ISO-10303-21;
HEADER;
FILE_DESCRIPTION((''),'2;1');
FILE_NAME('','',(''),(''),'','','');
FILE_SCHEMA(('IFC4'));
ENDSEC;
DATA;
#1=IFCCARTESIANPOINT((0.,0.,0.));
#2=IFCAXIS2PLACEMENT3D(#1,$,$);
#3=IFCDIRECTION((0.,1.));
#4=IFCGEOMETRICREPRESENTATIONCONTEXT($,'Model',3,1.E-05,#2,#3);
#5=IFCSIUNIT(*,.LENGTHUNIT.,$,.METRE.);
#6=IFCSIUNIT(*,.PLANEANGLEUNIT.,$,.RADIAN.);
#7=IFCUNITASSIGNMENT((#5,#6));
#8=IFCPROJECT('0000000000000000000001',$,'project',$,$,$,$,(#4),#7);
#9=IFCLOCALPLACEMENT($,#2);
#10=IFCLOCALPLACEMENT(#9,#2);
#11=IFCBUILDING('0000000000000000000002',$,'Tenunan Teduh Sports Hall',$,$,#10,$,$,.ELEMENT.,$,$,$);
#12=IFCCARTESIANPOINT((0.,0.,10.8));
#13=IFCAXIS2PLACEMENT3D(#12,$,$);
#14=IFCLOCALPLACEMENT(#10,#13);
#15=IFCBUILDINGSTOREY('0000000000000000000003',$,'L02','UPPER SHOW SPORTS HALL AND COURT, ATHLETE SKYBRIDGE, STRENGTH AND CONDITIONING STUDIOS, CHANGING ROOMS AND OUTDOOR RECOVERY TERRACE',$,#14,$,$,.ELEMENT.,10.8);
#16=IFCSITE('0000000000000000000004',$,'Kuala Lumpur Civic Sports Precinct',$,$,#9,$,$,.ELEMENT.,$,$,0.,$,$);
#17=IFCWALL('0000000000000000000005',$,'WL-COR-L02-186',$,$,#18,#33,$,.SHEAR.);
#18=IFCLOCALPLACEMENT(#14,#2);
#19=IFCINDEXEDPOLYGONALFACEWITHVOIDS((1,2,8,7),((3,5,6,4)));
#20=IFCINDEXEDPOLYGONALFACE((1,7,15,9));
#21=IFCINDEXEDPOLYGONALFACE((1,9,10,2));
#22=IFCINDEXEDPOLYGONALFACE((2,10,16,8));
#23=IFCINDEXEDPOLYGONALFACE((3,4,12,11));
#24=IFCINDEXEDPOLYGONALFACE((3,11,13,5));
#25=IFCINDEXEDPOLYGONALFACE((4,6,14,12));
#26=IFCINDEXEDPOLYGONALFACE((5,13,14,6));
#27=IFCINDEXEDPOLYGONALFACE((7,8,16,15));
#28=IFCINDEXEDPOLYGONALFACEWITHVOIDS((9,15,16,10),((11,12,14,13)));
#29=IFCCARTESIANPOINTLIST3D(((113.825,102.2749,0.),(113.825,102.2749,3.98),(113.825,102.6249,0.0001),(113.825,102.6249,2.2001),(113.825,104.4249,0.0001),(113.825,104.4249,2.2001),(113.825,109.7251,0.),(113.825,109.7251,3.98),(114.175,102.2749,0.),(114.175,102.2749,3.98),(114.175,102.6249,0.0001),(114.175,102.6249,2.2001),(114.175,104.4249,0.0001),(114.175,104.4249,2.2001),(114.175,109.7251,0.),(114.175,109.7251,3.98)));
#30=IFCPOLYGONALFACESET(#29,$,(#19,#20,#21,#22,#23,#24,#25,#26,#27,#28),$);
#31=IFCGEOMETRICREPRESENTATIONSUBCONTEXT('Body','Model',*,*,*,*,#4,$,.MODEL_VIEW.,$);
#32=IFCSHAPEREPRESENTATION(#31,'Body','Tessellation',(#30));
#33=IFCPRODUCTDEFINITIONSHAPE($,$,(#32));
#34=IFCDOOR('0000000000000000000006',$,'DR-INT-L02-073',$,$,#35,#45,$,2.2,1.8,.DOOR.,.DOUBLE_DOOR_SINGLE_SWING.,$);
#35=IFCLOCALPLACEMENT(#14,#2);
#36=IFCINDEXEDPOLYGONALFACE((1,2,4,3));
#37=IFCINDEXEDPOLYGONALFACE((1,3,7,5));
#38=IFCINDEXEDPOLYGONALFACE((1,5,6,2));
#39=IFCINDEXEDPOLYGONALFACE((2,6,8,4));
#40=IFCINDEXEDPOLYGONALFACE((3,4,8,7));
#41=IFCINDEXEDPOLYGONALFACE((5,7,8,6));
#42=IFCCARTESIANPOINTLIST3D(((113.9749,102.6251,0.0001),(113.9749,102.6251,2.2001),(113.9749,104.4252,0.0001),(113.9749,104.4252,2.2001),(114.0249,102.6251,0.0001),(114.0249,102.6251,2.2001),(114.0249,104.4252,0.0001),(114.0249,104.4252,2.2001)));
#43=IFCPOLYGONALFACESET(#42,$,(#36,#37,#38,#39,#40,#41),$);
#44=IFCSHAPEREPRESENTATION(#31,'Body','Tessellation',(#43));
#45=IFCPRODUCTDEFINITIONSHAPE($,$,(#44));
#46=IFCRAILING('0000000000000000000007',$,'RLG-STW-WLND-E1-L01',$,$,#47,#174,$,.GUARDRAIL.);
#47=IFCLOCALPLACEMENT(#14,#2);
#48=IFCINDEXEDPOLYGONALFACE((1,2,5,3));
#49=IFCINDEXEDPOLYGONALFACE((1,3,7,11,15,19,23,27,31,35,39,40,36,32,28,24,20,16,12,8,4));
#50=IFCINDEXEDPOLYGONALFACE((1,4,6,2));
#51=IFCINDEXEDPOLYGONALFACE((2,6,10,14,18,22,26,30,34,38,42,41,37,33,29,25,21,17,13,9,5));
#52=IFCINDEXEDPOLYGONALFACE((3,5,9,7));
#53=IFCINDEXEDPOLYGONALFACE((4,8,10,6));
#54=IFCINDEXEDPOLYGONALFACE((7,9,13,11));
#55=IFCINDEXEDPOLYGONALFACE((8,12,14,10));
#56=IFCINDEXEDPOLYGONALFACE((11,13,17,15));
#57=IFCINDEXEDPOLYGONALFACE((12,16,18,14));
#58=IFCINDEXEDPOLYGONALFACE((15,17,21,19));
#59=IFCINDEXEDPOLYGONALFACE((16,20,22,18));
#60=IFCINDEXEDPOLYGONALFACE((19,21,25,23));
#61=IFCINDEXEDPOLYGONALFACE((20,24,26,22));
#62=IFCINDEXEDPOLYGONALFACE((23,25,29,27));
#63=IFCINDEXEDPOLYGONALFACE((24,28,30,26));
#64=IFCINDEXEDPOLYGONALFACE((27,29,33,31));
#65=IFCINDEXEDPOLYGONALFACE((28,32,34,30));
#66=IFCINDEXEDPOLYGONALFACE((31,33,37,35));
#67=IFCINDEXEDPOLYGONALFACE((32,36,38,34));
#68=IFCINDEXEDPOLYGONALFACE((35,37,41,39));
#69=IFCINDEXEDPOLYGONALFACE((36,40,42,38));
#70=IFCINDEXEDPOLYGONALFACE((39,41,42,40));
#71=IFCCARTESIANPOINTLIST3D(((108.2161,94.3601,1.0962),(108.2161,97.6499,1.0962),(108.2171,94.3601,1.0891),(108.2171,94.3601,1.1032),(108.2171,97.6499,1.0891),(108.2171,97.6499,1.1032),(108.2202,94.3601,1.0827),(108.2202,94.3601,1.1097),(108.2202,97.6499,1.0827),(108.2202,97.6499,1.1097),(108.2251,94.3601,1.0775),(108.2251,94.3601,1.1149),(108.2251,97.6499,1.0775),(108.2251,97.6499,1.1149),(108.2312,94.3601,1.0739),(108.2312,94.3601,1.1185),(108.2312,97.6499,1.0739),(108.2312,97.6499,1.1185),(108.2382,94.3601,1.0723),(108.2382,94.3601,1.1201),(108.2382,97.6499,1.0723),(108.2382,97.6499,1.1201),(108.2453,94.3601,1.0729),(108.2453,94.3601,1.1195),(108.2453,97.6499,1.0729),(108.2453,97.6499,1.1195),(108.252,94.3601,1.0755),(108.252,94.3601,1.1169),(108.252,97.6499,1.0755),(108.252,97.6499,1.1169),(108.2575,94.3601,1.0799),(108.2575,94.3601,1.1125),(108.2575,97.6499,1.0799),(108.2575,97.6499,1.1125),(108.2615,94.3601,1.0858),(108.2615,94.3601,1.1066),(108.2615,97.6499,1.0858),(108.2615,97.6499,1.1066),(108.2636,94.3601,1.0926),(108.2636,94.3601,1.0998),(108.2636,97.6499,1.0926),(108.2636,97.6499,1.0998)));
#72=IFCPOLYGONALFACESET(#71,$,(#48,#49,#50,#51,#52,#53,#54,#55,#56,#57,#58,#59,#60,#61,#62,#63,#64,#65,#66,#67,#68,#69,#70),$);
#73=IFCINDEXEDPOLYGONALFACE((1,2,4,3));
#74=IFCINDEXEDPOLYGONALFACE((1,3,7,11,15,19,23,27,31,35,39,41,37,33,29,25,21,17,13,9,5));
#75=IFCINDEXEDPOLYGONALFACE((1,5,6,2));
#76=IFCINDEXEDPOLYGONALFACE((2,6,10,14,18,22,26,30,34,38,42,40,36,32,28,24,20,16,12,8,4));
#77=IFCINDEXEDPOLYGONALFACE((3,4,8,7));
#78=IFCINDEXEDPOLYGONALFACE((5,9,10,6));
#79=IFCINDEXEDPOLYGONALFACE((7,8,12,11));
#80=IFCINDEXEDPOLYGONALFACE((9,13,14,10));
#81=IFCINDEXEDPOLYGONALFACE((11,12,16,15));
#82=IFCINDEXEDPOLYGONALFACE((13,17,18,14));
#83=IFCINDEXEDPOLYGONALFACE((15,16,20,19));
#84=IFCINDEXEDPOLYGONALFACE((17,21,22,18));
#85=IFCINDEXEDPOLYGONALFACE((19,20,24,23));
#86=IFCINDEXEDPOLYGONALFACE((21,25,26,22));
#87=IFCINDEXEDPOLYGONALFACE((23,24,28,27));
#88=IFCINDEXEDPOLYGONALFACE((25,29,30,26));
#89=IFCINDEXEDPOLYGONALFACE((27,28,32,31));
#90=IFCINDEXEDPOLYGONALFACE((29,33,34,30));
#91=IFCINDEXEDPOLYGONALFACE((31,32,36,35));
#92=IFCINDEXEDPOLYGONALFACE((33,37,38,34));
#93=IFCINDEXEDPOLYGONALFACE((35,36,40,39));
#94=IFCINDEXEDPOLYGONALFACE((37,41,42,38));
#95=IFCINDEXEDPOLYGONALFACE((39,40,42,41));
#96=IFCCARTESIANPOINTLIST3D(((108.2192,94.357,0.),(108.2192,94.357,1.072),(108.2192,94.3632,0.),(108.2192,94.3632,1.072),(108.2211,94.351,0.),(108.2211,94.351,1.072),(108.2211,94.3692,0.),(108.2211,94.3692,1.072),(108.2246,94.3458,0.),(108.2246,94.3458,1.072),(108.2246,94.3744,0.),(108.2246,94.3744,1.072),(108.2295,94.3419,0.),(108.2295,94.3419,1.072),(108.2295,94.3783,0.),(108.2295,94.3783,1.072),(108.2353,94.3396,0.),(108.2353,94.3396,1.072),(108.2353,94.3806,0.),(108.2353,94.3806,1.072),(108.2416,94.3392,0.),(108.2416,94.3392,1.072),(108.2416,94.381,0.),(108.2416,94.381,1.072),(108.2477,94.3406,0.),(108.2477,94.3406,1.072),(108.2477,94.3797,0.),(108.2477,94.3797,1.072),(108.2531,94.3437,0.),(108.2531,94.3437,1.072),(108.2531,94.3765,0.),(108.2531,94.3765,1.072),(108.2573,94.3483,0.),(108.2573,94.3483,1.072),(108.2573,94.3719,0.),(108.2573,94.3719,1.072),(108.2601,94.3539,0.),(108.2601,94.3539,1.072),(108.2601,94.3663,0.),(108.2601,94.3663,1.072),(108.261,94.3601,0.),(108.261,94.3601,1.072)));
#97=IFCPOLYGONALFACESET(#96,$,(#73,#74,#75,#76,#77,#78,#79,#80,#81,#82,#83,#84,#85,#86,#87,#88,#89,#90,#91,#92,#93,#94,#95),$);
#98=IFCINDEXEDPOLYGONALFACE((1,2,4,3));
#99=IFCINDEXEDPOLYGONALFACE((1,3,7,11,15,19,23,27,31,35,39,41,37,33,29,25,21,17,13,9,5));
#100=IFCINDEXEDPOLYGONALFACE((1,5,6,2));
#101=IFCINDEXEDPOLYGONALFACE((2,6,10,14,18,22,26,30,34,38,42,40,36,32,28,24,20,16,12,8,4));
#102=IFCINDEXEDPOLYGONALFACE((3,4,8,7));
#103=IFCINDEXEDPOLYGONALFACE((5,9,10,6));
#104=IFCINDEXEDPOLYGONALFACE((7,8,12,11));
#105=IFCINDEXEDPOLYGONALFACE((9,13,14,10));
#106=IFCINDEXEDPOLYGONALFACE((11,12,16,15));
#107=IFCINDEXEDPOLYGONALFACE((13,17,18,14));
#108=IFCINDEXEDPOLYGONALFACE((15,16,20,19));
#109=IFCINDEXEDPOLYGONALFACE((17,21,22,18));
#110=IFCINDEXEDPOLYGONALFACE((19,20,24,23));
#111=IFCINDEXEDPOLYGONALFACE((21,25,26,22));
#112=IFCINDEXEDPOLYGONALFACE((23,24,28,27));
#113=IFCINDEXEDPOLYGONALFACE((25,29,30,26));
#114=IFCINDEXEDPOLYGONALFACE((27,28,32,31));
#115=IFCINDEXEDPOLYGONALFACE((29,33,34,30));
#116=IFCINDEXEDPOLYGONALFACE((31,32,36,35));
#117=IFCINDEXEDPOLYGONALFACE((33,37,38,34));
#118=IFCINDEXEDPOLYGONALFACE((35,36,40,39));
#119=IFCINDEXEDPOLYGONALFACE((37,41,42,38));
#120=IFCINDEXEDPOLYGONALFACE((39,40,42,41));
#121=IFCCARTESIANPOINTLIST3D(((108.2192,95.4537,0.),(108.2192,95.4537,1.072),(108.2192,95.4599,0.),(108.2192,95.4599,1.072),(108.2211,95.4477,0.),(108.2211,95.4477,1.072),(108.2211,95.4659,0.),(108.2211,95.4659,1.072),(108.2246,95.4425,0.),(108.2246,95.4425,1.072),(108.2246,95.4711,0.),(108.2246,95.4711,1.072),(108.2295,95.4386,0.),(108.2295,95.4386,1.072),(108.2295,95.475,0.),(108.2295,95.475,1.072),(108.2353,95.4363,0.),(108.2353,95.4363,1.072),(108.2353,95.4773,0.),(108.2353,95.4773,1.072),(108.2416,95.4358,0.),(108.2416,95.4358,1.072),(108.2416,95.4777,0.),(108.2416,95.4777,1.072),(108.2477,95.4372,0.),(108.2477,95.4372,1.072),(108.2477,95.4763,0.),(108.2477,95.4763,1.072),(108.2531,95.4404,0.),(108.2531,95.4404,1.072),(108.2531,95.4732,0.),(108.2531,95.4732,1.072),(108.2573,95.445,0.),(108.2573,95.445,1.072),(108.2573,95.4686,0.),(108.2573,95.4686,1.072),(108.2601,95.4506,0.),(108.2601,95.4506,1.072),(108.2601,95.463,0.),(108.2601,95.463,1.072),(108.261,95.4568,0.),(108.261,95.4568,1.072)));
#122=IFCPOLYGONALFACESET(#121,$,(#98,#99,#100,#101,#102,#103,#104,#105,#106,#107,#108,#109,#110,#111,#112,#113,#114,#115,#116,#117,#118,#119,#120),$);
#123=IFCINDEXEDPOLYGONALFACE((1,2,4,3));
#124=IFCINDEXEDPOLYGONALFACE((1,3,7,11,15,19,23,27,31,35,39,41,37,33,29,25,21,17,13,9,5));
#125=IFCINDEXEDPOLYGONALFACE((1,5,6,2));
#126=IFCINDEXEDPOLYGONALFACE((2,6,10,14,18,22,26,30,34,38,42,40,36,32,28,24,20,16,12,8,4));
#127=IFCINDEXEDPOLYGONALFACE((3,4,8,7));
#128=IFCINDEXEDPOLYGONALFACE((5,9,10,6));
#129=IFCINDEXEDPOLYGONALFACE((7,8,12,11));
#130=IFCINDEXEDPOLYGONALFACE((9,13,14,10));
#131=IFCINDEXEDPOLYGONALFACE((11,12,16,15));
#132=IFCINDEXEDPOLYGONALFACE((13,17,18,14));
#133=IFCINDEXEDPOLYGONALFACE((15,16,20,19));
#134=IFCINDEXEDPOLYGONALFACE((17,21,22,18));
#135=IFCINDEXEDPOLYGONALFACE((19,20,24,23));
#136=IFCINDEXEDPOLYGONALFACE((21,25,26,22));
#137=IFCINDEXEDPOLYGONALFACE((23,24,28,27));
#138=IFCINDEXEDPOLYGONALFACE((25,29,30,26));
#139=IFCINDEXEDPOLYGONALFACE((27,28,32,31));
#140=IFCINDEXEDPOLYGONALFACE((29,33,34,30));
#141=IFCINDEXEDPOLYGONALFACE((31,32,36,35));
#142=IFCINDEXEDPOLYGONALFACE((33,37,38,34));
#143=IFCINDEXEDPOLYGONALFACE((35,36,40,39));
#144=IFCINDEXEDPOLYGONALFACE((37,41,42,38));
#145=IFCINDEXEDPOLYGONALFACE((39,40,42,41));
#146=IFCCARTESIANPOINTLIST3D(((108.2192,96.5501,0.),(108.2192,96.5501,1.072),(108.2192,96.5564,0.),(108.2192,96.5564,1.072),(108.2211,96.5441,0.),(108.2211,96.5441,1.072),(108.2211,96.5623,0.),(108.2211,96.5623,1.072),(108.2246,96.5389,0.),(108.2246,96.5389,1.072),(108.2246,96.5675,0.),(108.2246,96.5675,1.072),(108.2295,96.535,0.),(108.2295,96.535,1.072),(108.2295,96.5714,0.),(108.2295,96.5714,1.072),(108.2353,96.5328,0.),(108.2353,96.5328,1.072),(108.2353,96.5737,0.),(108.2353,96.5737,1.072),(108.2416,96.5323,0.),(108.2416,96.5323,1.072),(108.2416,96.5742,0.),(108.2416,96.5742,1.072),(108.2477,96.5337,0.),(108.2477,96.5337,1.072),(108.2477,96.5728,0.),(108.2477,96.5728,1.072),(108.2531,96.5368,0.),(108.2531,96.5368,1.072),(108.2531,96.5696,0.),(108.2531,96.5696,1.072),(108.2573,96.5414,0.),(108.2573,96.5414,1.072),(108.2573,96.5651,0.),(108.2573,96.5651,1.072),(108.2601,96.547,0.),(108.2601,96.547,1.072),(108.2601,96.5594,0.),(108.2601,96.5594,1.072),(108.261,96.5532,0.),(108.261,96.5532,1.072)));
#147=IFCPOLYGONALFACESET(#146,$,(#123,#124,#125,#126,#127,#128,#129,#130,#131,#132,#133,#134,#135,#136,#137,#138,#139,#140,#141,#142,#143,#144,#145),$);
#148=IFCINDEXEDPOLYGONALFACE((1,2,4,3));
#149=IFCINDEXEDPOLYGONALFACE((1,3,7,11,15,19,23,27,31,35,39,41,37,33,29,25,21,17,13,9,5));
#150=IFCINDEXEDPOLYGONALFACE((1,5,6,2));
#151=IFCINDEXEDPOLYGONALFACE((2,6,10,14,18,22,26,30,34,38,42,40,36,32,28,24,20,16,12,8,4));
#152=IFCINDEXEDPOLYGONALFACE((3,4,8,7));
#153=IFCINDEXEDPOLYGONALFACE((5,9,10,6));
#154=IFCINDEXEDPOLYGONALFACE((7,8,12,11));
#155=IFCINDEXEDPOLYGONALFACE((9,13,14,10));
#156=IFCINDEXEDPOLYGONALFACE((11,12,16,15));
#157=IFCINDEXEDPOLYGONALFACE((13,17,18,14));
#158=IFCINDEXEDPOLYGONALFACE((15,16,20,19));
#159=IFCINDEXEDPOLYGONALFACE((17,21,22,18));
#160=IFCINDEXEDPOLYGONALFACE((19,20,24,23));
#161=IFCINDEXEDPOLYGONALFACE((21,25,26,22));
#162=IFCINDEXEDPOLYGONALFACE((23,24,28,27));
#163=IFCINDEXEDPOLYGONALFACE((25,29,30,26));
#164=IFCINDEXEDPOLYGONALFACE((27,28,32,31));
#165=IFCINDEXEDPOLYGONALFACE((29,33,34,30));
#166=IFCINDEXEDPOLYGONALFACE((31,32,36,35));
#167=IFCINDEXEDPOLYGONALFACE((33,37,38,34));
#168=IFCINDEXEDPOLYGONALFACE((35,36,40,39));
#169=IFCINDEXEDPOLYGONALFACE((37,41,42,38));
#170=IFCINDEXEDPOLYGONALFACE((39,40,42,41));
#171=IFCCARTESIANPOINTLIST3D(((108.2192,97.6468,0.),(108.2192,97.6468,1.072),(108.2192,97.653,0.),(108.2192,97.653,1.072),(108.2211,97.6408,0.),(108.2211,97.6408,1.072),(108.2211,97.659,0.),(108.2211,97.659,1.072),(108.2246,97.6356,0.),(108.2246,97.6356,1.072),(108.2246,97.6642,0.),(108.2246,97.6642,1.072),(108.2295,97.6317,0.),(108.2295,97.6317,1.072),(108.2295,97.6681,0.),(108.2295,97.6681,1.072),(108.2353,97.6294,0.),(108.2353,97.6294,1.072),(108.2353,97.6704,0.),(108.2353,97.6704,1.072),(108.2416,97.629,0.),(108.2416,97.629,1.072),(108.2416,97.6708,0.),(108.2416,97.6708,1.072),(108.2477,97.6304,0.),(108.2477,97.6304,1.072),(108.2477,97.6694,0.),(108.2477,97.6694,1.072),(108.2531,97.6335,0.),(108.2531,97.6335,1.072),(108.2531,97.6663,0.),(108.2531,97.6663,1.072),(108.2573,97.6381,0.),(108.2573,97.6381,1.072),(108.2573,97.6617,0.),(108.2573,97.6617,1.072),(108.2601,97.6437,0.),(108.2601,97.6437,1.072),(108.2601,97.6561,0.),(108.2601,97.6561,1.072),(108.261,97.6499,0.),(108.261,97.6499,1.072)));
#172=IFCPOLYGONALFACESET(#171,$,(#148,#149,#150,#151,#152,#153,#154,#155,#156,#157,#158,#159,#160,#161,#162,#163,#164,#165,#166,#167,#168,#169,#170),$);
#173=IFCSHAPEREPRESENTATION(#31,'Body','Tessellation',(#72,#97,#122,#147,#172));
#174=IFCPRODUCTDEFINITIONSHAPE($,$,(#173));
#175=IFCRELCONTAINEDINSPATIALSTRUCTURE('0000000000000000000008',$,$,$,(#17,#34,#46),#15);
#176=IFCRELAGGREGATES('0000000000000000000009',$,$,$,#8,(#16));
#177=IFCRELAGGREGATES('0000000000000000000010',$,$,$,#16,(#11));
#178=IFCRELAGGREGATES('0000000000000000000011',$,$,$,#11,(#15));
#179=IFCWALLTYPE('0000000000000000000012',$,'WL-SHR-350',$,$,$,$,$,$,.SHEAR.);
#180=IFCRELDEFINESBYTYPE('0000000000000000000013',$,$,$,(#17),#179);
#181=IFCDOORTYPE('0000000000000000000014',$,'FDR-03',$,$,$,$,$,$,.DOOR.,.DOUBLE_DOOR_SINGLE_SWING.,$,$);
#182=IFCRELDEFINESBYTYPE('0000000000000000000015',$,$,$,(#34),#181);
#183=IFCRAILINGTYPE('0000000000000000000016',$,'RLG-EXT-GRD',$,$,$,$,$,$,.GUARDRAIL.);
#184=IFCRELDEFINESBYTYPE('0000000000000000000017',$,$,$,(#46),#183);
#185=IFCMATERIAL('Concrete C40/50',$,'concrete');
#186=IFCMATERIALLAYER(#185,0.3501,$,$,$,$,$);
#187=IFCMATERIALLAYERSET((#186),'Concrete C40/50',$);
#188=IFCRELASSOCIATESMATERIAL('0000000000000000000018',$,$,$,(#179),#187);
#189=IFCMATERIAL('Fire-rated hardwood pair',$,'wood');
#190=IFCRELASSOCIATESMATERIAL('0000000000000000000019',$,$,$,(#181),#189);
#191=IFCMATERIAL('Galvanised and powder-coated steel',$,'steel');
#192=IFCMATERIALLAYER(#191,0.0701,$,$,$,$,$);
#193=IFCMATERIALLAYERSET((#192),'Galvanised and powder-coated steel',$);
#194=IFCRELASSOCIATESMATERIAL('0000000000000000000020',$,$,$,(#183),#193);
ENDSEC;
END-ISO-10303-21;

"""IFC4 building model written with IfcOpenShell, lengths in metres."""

from ifc_helpers import new_model, si_unit, direction, frame, frame_2d, origin, origin_2d, place, context, subcontext, project, spatial, rectangle, circle, extrude, material, layer, layer_set, type_object, element, fill, save


model = new_model("IFC4")

# Units and contexts
model_context = context("Model", 3, precision=1e-05, world=origin(), true_north=direction((0.0, 1.0)))
body_context = subcontext(model_context, "Body", "Model", "MODEL_VIEW")
ifc_project = project(units=[si_unit("LENGTHUNIT", "METRE"), si_unit("PLANEANGLEUNIT", "RADIAN")], contexts=[model_context])

# Site, building, storey
site_placement = place(None, origin())
site = spatial("IfcSite", under=ifc_project, at=site_placement, Name="Kuala Lumpur Civic Sports Precinct", CompositionType="ELEMENT", RefElevation=0.0)
building_placement = place(site_placement, origin())
building = spatial("IfcBuilding", under=site, at=building_placement, Name="Tenunan Teduh Sports Hall", CompositionType="ELEMENT")
storey_placement = place(building_placement, frame((0.0, 0.0, 10.8)))
storey = spatial("IfcBuildingStorey", under=building, at=storey_placement, Name="L02", Description="UPPER SHOW SPORTS HALL AND COURT, ATHLETE SKYBRIDGE, STRENGTH AND CONDITIONING STUDIOS, CHANGING ROOMS AND OUTDOOR RECOVERY TERRACE", CompositionType="ELEMENT", Elevation=10.8)

# Shared definitions
ifc_material_1 = material(Name="Concrete C40/50", Category="concrete")
ifc_layer_1 = layer(ifc_material_1, 0.3501)
ifc_layer_set_1 = layer_set([ifc_layer_1], Name="Concrete C40/50")
wall_type_1 = type_object("IfcWallType", Name="WL-SHR-350", PredefinedType="SHEAR", material=ifc_layer_set_1)

# Wall, opening, door
wall_1_placement = place(storey_placement, frame((114.0, 102.2749, 0.0), z_axis=(0.0, 0.0, 1.0), x_axis=(0.0, 1.0, 0.0)))
wall_1 = element("IfcWall", 1, at=wall_1_placement, inside=storey, type_object=wall_type_1, Name="WL-COR-L02-186", PredefinedType="SHEAR", context=body_context, shape_type="SweptSolid", body=[
    extrude(rectangle(XDim=7.4502, YDim=0.3501, at=frame_2d((3.7251, 0.0))), origin(), (0.0, 0.0, 1.0), 3.98),
])
opening_1_placement = place(wall_1_placement, frame((0.3501, 0.0, 0.0)))
opening_1 = element("IfcOpeningElement", 2, at=opening_1_placement, cuts=wall_1, PredefinedType="OPENING", context=body_context, shape_type="SweptSolid", body=[
    extrude(rectangle(XDim=1.8, YDim=2.2, at=frame_2d((0.8999, 1.1001))), frame((0.0, 0.1851, 0.0), z_axis=(0.0, -1.0, 0.0), x_axis=(1.0, 0.0, 0.0)), (0.0, 0.0, 1.0), 0.3701),
])
ifc_material_2 = material(Name="Fire-rated hardwood pair", Category="wood")
door_type_1 = type_object("IfcDoorType", Name="FDR-03", OperationType="DOUBLE_DOOR_SINGLE_SWING", PredefinedType="DOOR", material=ifc_material_2)
door_1_placement = place(opening_1_placement, frame((1.8, 0.0, 0.0), z_axis=(0.0, 0.0, 1.0), x_axis=(-1.0, 0.0, 0.0)))
door_1 = element("IfcDoor", 3, at=door_1_placement, inside=storey, type_object=door_type_1, Name="DR-INT-L02-073", OperationType="DOUBLE_DOOR_SINGLE_SWING", OverallHeight=2.2, OverallWidth=1.8, PredefinedType="DOOR", context=body_context, shape_type="SweptSolid", body=[
    extrude(rectangle(XDim=1.8, YDim=2.2, at=frame_2d((0.8999, 1.1001))), frame((0.0, 0.0249, 0.0), z_axis=(0.0, -1.0, 0.0), x_axis=(1.0, 0.0, 0.0)), (0.0, 0.0, 1.0), 0.05),
])
fill(opening_1, door_1)

# Railing
ifc_material_3 = material(Name="Galvanised and powder-coated steel", Category="steel")
ifc_layer_2 = layer(ifc_material_3, 0.0701)
ifc_layer_set_2 = layer_set([ifc_layer_2], Name="Galvanised and powder-coated steel")
railing_type = type_object("IfcRailingType", Name="RLG-EXT-GRD", PredefinedType="GUARDRAIL", material=ifc_layer_set_2)
railing_1_placement = place(storey_placement, frame((108.24, 94.3601, 0.0)))
element("IfcRailing", 4, at=railing_1_placement, inside=storey, type_object=railing_type, Name="RLG-STW-WLND-E1-L01", PredefinedType="GUARDRAIL", context=body_context, shape_type="SweptSolid", body=[
    extrude(circle(Radius=0.0239, at=origin_2d()), frame((0.0, 0.0, 1.0962), z_axis=(0.0, 1.0, 0.0), x_axis=(-1.0, 0.0, 0.0)), (0.0, 0.0, 1.0), 3.2898),
    extrude(circle(Radius=0.021, at=origin_2d()), origin(), (0.0, 0.0, 1.0), 1.072),
    extrude(circle(Radius=0.021, at=origin_2d()), frame((0.0, 1.0967, 0.0)), (0.0, 0.0, 1.0), 1.072),
    extrude(circle(Radius=0.021, at=origin_2d()), frame((0.0, 2.1931, 0.0)), (0.0, 0.0, 1.0), 1.072),
    extrude(circle(Radius=0.021, at=origin_2d()), frame((0.0, 3.2898, 0.0)), (0.0, 0.0, 1.0), 1.072),
])

save(model, "model.ifc")
